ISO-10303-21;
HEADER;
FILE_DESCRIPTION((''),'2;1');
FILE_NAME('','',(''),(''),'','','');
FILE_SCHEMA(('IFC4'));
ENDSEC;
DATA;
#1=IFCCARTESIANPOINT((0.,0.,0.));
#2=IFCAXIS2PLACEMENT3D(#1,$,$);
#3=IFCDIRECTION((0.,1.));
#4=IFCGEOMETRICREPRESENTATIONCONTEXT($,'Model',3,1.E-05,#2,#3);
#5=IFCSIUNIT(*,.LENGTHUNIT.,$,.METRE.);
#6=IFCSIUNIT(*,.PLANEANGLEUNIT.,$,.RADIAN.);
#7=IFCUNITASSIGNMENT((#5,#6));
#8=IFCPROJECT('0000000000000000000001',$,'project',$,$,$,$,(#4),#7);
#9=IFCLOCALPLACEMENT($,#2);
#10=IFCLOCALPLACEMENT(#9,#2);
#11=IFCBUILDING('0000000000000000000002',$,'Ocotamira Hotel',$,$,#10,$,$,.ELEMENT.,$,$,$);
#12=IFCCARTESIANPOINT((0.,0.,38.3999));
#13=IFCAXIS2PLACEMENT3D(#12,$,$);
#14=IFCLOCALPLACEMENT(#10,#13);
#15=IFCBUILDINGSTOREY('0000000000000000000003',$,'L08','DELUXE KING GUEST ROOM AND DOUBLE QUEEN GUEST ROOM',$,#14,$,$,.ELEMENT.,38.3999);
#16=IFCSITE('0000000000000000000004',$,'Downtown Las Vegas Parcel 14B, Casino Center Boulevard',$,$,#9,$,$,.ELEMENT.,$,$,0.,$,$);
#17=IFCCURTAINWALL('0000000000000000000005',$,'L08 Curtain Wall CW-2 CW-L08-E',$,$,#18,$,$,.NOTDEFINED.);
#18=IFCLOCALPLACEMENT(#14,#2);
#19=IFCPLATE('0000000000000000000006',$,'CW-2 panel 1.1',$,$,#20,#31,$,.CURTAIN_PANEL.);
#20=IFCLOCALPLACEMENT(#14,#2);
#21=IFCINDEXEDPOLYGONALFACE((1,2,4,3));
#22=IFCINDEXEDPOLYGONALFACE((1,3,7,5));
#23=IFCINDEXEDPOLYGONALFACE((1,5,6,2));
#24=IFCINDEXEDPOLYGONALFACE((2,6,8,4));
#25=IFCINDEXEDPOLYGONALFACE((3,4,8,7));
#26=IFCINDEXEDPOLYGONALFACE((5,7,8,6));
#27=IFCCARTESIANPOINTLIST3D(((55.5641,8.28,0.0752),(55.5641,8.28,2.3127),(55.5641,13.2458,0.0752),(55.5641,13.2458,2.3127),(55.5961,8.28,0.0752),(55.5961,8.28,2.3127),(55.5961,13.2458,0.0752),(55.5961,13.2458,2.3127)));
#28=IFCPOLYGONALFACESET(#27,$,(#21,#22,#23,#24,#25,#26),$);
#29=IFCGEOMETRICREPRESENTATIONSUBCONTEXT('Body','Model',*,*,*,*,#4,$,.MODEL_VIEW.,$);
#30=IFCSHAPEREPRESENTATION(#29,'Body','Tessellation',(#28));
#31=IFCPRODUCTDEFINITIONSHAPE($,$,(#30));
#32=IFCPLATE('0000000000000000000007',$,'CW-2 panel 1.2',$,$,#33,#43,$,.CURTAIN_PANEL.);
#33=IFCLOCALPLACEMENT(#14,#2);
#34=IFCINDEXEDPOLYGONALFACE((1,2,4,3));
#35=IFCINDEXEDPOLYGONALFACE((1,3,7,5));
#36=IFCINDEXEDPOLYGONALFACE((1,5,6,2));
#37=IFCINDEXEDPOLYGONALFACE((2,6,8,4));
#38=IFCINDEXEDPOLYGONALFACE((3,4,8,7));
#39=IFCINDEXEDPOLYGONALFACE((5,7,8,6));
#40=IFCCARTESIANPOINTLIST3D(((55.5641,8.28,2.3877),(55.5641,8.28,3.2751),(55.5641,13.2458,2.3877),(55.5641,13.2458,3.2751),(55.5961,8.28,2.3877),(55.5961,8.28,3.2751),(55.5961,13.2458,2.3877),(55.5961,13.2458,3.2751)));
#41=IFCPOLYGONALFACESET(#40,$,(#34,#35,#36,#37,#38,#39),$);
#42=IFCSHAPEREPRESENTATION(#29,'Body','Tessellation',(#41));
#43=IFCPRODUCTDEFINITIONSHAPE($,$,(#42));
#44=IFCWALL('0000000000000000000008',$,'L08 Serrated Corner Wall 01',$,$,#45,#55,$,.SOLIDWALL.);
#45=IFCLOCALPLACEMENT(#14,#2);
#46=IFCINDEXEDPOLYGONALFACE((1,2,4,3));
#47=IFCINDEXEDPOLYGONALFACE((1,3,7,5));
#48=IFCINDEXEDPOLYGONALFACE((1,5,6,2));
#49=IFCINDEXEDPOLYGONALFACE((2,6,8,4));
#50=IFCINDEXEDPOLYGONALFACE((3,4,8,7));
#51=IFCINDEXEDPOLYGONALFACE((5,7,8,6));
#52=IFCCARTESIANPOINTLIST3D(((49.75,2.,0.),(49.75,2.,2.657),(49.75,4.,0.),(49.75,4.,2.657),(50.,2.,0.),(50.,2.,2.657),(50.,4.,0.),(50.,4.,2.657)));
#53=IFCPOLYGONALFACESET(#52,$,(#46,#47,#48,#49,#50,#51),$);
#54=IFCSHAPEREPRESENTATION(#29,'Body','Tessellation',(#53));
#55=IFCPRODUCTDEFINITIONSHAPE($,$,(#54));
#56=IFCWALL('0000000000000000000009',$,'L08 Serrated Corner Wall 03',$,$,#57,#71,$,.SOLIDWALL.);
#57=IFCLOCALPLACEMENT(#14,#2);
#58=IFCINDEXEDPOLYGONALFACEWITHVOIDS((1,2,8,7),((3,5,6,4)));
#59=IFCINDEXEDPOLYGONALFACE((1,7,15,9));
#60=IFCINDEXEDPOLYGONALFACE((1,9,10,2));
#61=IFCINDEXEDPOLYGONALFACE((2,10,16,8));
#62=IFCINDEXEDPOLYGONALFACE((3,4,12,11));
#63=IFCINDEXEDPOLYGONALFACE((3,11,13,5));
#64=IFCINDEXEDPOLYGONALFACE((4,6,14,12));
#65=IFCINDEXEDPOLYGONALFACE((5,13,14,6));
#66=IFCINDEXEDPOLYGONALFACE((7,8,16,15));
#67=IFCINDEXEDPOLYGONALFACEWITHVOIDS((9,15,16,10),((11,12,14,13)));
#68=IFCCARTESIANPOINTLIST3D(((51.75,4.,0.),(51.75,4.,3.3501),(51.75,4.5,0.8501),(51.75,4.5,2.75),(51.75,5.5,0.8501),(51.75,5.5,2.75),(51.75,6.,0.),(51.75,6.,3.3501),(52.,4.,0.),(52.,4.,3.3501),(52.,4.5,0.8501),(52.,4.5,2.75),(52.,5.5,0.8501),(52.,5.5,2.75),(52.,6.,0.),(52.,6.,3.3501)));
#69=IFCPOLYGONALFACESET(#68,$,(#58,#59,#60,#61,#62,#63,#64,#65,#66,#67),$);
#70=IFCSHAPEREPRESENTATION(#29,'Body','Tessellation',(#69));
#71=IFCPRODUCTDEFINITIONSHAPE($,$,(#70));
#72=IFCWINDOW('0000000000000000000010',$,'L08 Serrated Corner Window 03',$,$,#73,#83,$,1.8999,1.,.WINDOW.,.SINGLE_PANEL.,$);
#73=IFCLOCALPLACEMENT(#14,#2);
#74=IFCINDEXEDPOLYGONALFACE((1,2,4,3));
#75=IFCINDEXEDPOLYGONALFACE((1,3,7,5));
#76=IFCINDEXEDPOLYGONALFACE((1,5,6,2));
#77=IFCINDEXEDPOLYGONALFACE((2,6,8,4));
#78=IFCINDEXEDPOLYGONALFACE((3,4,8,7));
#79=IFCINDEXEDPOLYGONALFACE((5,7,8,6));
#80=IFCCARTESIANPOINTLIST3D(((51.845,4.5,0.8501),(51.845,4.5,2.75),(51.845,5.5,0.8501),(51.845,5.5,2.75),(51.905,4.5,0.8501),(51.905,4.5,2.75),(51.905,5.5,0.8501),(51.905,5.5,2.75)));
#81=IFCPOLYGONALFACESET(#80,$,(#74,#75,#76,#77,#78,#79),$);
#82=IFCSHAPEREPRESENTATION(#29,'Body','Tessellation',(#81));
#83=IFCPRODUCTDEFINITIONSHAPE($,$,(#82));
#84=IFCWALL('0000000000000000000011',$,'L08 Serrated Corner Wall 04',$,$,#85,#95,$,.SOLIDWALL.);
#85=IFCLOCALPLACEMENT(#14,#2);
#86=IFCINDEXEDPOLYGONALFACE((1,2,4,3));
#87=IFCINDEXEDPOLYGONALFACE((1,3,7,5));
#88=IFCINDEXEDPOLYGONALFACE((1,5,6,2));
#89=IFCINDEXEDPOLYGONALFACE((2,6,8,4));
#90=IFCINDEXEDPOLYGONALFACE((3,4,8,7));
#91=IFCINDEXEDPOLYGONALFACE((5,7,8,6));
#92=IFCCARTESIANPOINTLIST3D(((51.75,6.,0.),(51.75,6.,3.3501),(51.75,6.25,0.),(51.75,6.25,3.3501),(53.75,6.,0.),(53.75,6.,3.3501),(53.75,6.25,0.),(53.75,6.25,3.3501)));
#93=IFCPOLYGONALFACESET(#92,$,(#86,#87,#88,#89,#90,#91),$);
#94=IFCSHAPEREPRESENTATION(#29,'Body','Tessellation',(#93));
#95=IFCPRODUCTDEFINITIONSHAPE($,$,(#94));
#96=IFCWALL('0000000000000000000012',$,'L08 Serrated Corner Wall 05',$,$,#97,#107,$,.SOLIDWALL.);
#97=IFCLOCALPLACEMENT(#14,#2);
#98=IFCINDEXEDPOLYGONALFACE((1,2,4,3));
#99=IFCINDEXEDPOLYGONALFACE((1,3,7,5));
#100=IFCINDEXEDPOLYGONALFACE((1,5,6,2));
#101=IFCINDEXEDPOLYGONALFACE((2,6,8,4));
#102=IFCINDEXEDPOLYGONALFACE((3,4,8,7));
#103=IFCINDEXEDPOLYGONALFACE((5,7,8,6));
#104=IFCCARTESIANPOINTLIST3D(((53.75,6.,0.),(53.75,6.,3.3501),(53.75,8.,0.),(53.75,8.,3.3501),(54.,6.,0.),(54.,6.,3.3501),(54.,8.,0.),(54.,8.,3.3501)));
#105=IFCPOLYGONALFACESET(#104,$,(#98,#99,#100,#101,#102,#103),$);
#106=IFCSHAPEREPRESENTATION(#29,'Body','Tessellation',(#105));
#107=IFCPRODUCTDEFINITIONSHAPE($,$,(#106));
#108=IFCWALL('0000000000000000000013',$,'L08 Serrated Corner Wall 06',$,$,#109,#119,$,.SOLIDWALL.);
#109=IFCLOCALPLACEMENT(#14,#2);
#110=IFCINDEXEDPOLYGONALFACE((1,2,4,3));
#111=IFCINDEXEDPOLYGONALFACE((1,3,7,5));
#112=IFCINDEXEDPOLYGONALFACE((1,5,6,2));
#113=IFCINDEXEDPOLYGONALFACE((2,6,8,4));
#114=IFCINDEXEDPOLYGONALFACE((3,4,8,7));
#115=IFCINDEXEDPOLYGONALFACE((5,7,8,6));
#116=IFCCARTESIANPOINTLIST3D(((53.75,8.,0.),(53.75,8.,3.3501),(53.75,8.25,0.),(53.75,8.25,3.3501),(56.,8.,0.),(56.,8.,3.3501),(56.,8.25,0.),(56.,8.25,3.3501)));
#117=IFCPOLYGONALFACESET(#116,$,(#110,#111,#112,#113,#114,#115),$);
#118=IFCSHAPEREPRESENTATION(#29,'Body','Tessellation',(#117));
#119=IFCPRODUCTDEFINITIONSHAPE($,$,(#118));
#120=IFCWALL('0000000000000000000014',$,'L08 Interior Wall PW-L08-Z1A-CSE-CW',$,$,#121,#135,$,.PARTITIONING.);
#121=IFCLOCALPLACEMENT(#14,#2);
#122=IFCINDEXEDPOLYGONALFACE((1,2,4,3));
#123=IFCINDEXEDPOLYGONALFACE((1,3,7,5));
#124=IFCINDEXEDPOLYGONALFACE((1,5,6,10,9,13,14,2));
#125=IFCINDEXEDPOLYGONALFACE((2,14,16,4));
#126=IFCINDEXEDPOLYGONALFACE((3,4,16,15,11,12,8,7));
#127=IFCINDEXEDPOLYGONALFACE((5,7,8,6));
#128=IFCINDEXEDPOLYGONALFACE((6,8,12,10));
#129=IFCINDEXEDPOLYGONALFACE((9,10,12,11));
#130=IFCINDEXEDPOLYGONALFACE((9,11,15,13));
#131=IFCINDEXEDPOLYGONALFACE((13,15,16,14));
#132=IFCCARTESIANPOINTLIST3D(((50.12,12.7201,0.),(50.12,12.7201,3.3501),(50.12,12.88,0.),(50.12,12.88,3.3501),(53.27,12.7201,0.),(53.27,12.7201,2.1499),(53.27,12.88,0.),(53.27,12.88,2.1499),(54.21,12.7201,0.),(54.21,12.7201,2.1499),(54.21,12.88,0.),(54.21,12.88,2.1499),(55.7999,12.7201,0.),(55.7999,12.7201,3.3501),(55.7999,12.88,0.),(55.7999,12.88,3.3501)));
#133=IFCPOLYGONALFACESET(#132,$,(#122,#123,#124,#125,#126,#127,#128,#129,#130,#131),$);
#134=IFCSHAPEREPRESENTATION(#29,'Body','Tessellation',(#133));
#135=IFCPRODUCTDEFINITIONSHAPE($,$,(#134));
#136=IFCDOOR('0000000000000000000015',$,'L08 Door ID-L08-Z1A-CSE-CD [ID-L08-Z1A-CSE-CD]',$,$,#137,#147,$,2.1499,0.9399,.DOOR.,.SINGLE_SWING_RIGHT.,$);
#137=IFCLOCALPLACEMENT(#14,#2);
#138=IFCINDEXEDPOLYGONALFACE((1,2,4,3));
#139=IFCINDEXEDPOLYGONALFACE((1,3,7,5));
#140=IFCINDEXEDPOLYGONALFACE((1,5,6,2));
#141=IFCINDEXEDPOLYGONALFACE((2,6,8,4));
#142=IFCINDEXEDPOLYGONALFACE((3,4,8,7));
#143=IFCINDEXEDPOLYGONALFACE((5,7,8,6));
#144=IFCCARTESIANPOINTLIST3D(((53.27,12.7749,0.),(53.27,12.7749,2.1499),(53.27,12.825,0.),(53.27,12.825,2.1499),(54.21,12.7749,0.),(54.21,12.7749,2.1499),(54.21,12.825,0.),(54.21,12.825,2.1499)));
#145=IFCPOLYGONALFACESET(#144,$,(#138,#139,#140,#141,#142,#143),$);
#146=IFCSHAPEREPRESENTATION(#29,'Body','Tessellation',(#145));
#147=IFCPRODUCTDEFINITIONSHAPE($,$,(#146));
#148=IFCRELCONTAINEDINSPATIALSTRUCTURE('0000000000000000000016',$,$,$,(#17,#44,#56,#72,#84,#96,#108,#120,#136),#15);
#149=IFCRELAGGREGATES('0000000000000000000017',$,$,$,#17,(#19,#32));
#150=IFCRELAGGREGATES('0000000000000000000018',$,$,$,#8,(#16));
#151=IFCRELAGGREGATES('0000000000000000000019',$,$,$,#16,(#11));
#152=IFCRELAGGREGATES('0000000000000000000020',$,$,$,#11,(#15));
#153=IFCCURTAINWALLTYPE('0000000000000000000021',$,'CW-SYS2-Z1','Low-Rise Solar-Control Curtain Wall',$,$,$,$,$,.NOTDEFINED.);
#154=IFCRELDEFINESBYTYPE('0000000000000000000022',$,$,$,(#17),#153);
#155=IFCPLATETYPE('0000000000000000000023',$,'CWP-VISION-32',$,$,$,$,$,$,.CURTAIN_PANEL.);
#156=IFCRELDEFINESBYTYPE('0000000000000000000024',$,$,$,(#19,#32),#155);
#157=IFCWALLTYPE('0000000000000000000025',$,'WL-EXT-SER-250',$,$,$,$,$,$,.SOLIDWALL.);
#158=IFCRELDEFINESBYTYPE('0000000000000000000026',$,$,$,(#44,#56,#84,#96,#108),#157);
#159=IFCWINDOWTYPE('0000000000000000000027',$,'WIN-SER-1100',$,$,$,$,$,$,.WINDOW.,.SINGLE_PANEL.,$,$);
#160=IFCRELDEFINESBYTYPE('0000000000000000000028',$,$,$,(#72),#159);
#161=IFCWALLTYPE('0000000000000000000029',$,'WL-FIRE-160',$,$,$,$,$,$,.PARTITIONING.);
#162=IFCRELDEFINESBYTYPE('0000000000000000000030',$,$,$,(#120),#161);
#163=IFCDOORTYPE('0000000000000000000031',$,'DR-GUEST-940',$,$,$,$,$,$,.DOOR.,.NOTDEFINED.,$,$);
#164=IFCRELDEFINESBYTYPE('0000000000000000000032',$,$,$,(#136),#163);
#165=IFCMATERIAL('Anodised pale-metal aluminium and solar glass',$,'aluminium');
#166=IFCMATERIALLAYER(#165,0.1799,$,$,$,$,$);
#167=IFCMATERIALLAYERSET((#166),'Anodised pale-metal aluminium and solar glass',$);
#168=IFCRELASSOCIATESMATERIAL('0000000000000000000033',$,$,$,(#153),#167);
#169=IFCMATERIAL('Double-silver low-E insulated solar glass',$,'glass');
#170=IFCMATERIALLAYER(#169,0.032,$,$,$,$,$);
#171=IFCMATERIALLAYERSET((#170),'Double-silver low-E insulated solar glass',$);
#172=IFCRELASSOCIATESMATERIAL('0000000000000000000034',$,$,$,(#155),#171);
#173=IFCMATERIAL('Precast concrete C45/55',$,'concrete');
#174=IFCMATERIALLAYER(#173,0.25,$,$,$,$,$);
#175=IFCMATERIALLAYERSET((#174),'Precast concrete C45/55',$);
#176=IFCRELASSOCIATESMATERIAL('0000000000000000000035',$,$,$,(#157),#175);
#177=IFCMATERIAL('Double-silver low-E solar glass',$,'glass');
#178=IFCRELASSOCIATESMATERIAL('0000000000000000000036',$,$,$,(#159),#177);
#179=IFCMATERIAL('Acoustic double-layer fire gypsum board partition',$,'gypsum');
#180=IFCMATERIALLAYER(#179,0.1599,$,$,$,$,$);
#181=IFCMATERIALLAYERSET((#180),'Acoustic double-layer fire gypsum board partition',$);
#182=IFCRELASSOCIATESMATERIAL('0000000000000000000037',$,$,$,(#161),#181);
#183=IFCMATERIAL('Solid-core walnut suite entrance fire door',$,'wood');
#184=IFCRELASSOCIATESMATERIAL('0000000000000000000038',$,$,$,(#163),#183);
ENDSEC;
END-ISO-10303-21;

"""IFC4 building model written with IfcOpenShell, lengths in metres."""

from ifc_helpers import new_model, si_unit, direction, frame, frame_2d, origin, origin_2d, place, context, subcontext, project, spatial, rectangle, extrude, source, transform, mapped, material, layer, layer_set, type_object, element, fill, aggregate, save


model = new_model("IFC4")

# Units and contexts
model_context = context("Model", 3, precision=1e-05, world=origin(), true_north=direction((0.0, 1.0)))
body_context = subcontext(model_context, "Body", "Model", "MODEL_VIEW")
ifc_project = project(units=[si_unit("LENGTHUNIT", "METRE"), si_unit("PLANEANGLEUNIT", "RADIAN")], contexts=[model_context])

# Site, building, storey
site_placement = place(None, origin())
site = spatial("IfcSite", under=ifc_project, at=site_placement, Name="Downtown Las Vegas Parcel 14B, Casino Center Boulevard", CompositionType="ELEMENT", RefElevation=0.0)
building_placement = place(site_placement, origin())
building = spatial("IfcBuilding", under=site, at=building_placement, Name="Ocotamira Hotel", CompositionType="ELEMENT")
storey_placement = place(building_placement, frame((0.0, 0.0, 38.3999)))
storey = spatial("IfcBuildingStorey", under=building, at=storey_placement, Name="L08", Description="DELUXE KING GUEST ROOM AND DOUBLE QUEEN GUEST ROOM", CompositionType="ELEMENT", Elevation=38.3999)

# Curtain wall
ifc_material_1 = material(Name="Anodised pale-metal aluminium and solar glass", Category="aluminium")
ifc_layer_1 = layer(ifc_material_1, 0.1799)
ifc_layer_set_1 = layer_set([ifc_layer_1], Name="Anodised pale-metal aluminium and solar glass")
curtain_wall_type = type_object("IfcCurtainWallType", Name="CW-SYS2-Z1", Description="Low-Rise Solar-Control Curtain Wall", PredefinedType="NOTDEFINED", material=ifc_layer_set_1)
curtain_wall_placement = place(storey_placement, origin())
curtain_wall = element("IfcCurtainWall", 1, at=curtain_wall_placement, inside=storey, type_object=curtain_wall_type, Name="L08 Curtain Wall CW-2 CW-L08-E", PredefinedType="NOTDEFINED")

# Plates
ifc_material_2 = material(Name="Double-silver low-E insulated solar glass", Category="glass")
ifc_layer_2 = layer(ifc_material_2, 0.032)
ifc_layer_set_2 = layer_set([ifc_layer_2], Name="Double-silver low-E insulated solar glass")
plate_type_1 = type_object("IfcPlateType", Name="CWP-VISION-32", PredefinedType="CURTAIN_PANEL", material=ifc_layer_set_2)
shared_shape_1 = source(origin(), body_context, "Body", "SweptSolid", [
    extrude(rectangle(XDim=4.9658, YDim=0.032, at=origin_2d()), origin(), (0.0, 0.0, 1.0), 2.2375),
])
plate_1_placement = place(storey_placement, frame((55.5801, 10.7629, 0.0752), z_axis=(0.0, 0.0, 1.0), x_axis=(0.0, 1.0, 0.0)))
plate_1 = element("IfcPlate", 2, at=plate_1_placement, type_object=plate_type_1, Name="CW-2 panel 1.1", PredefinedType="CURTAIN_PANEL", context=body_context, shape_type="MappedRepresentation", body=[
    mapped(shared_shape_1, transform((0.0, 0.0, 0.0), scale=1.0)),
])
shared_shape_2 = source(origin(), body_context, "Body", "SweptSolid", [
    extrude(rectangle(XDim=4.9658, YDim=0.032, at=origin_2d()), origin(), (0.0, 0.0, 1.0), 0.8875),
])
plate_2_placement = place(storey_placement, frame((55.5801, 10.7629, 2.3877), z_axis=(0.0, 0.0, 1.0), x_axis=(0.0, 1.0, 0.0)))
plate_2 = element("IfcPlate", 3, at=plate_2_placement, type_object=plate_type_1, Name="CW-2 panel 1.2", PredefinedType="CURTAIN_PANEL", context=body_context, shape_type="MappedRepresentation", body=[
    mapped(shared_shape_2, transform((0.0, 0.0, 0.0), scale=1.0)),
])
aggregate(curtain_wall, [plate_1, plate_2])

# Wall
ifc_material_3 = material(Name="Precast concrete C45/55", Category="concrete")
ifc_layer_3 = layer(ifc_material_3, 0.25)
ifc_layer_set_3 = layer_set([ifc_layer_3], Name="Precast concrete C45/55")
wall_type_1 = type_object("IfcWallType", Name="WL-EXT-SER-250", PredefinedType="SOLIDWALL", material=ifc_layer_set_3)
wall_1_placement = place(storey_placement, frame((49.875, 2.0, 0.0), z_axis=(0.0, 0.0, 1.0), x_axis=(0.0, 1.0, 0.0)))
element("IfcWall", 4, at=wall_1_placement, inside=storey, type_object=wall_type_1, Name="L08 Serrated Corner Wall 01", PredefinedType="SOLIDWALL", context=body_context, shape_type="SweptSolid", body=[
    extrude(rectangle(XDim=2.0, YDim=0.25, at=frame_2d((1.0, 0.0))), origin(), (0.0, 0.0, 1.0), 2.657),
])

# Wall, opening, window
wall_2_placement = place(storey_placement, frame((51.875, 4.0, 0.0), z_axis=(0.0, 0.0, 1.0), x_axis=(0.0, 1.0, 0.0)))
wall_2 = element("IfcWall", 5, at=wall_2_placement, inside=storey, type_object=wall_type_1, Name="L08 Serrated Corner Wall 03", PredefinedType="SOLIDWALL", context=body_context, shape_type="SweptSolid", body=[
    extrude(rectangle(XDim=2.0, YDim=0.25, at=frame_2d((1.0, 0.0))), origin(), (0.0, 0.0, 1.0), 3.3501),
])
opening_1_placement = place(wall_2_placement, frame((0.5, 0.0, 0.8501)))
opening_1 = element("IfcOpeningElement", 6, at=opening_1_placement, cuts=wall_2, PredefinedType="OPENING", context=body_context, shape_type="SweptSolid", body=[
    extrude(rectangle(XDim=1.0, YDim=1.8999, at=frame_2d((0.5, 0.95))), frame((0.0, 0.135, 0.0), z_axis=(0.0, -1.0, 0.0), x_axis=(1.0, 0.0, 0.0)), (0.0, 0.0, 1.0), 0.27),
])
ifc_material_4 = material(Name="Double-silver low-E solar glass", Category="glass")
window_type = type_object("IfcWindowType", Name="WIN-SER-1100", PartitioningType="SINGLE_PANEL", PredefinedType="WINDOW", material=ifc_material_4)
shared_shape_3 = source(origin(), body_context, "Body", "SweptSolid", [
    extrude(rectangle(XDim=1.0, YDim=1.8999, at=frame_2d((0.5, 0.95))), frame((0.0, 0.03, 0.0), z_axis=(0.0, -1.0, 0.0), x_axis=(1.0, 0.0, 0.0)), (0.0, 0.0, 1.0), 0.0601),
])
window_placement = place(opening_1_placement, origin())
window = element("IfcWindow", 7, at=window_placement, inside=storey, type_object=window_type, Name="L08 Serrated Corner Window 03", OverallHeight=1.8999, OverallWidth=1.0, PartitioningType="SINGLE_PANEL", PredefinedType="WINDOW", context=body_context, shape_type="MappedRepresentation", body=[
    mapped(shared_shape_3, transform((0.0, 0.0, 0.0), scale=1.0)),
])
fill(opening_1, window)

# Walls
for number, where, z_axis, x_axis, name in (
    (8, (51.75, 6.125, 0.0), (0.0, 0.0, 1.0), (1.0, 0.0, 0.0), "L08 Serrated Corner Wall 04"),
    (9, (53.875, 6.0, 0.0), (0.0, 0.0, 1.0), (0.0, 1.0, 0.0), "L08 Serrated Corner Wall 05"),
):
    element("IfcWall", number, at=place(storey_placement, frame(where, z_axis=z_axis, x_axis=x_axis)), inside=storey, type_object=wall_type_1, Name=name, PredefinedType="SOLIDWALL", context=body_context, shape_type="SweptSolid", body=[
        extrude(rectangle(XDim=2.0, YDim=0.25, at=frame_2d((1.0, 0.0))), origin(), (0.0, 0.0, 1.0), 3.3501),
    ])
wall_3_placement = place(storey_placement, frame((53.75, 8.125, 0.0), z_axis=(0.0, 0.0, 1.0), x_axis=(1.0, 0.0, 0.0)))
element("IfcWall", 10, at=wall_3_placement, inside=storey, type_object=wall_type_1, Name="L08 Serrated Corner Wall 06", PredefinedType="SOLIDWALL", context=body_context, shape_type="SweptSolid", body=[
    extrude(rectangle(XDim=2.25, YDim=0.25, at=frame_2d((1.125, 0.0))), origin(), (0.0, 0.0, 1.0), 3.3501),
])

# Wall, opening, door
ifc_material_5 = material(Name="Acoustic double-layer fire gypsum board partition", Category="gypsum")
ifc_layer_4 = layer(ifc_material_5, 0.1599)
ifc_layer_set_4 = layer_set([ifc_layer_4], Name="Acoustic double-layer fire gypsum board partition")
wall_type_2 = type_object("IfcWallType", Name="WL-FIRE-160", PredefinedType="PARTITIONING", material=ifc_layer_set_4)
wall_4_placement = place(storey_placement, frame((50.1201, 12.8, 0.0), z_axis=(0.0, 0.0, 1.0), x_axis=(1.0, 0.0, 0.0)))
wall_4 = element("IfcWall", 11, at=wall_4_placement, inside=storey, type_object=wall_type_2, Name="L08 Interior Wall PW-L08-Z1A-CSE-CW", PredefinedType="PARTITIONING", context=body_context, shape_type="SweptSolid", body=[
    extrude(rectangle(XDim=5.6799, YDim=0.1599, at=frame_2d((2.8398, 0.0))), origin(), (0.0, 0.0, 1.0), 3.3501),
])
opening_2_placement = place(wall_4_placement, frame((3.1499, 0.0, 0.0)))
opening_2 = element("IfcOpeningElement", 12, at=opening_2_placement, cuts=wall_4, PredefinedType="OPENING", context=body_context, shape_type="SweptSolid", body=[
    extrude(rectangle(XDim=0.9399, YDim=2.1499, at=frame_2d((0.47, 1.075))), frame((0.0, 0.0898, 0.0), z_axis=(0.0, -1.0, 0.0), x_axis=(1.0, 0.0, 0.0)), (0.0, 0.0, 1.0), 0.1799),
])
ifc_material_6 = material(Name="Solid-core walnut suite entrance fire door", Category="wood")
door_type_1 = type_object("IfcDoorType", Name="DR-GUEST-940", OperationType="NOTDEFINED", PredefinedType="DOOR", material=ifc_material_6)
shared_shape_4 = source(origin(), body_context, "Body", "SweptSolid", [
    extrude(rectangle(XDim=0.9399, YDim=2.1499, at=frame_2d((0.47, 1.075))), frame((0.0, 0.0249, 0.0), z_axis=(0.0, -1.0, 0.0), x_axis=(1.0, 0.0, 0.0)), (0.0, 0.0, 1.0), 0.05),
])
door_1_placement = place(opening_2_placement, origin())
door_1 = element("IfcDoor", 13, at=door_1_placement, inside=storey, type_object=door_type_1, Name="L08 Door ID-L08-Z1A-CSE-CD [ID-L08-Z1A-CSE-CD]", OperationType="SINGLE_SWING_RIGHT", OverallHeight=2.1499, OverallWidth=0.9399, PredefinedType="DOOR", context=body_context, shape_type="MappedRepresentation", body=[
    mapped(shared_shape_4, transform((0.0, 0.0, 0.0), scale=1.0)),
])
fill(opening_2, door_1)

save(model, "model.ifc")
